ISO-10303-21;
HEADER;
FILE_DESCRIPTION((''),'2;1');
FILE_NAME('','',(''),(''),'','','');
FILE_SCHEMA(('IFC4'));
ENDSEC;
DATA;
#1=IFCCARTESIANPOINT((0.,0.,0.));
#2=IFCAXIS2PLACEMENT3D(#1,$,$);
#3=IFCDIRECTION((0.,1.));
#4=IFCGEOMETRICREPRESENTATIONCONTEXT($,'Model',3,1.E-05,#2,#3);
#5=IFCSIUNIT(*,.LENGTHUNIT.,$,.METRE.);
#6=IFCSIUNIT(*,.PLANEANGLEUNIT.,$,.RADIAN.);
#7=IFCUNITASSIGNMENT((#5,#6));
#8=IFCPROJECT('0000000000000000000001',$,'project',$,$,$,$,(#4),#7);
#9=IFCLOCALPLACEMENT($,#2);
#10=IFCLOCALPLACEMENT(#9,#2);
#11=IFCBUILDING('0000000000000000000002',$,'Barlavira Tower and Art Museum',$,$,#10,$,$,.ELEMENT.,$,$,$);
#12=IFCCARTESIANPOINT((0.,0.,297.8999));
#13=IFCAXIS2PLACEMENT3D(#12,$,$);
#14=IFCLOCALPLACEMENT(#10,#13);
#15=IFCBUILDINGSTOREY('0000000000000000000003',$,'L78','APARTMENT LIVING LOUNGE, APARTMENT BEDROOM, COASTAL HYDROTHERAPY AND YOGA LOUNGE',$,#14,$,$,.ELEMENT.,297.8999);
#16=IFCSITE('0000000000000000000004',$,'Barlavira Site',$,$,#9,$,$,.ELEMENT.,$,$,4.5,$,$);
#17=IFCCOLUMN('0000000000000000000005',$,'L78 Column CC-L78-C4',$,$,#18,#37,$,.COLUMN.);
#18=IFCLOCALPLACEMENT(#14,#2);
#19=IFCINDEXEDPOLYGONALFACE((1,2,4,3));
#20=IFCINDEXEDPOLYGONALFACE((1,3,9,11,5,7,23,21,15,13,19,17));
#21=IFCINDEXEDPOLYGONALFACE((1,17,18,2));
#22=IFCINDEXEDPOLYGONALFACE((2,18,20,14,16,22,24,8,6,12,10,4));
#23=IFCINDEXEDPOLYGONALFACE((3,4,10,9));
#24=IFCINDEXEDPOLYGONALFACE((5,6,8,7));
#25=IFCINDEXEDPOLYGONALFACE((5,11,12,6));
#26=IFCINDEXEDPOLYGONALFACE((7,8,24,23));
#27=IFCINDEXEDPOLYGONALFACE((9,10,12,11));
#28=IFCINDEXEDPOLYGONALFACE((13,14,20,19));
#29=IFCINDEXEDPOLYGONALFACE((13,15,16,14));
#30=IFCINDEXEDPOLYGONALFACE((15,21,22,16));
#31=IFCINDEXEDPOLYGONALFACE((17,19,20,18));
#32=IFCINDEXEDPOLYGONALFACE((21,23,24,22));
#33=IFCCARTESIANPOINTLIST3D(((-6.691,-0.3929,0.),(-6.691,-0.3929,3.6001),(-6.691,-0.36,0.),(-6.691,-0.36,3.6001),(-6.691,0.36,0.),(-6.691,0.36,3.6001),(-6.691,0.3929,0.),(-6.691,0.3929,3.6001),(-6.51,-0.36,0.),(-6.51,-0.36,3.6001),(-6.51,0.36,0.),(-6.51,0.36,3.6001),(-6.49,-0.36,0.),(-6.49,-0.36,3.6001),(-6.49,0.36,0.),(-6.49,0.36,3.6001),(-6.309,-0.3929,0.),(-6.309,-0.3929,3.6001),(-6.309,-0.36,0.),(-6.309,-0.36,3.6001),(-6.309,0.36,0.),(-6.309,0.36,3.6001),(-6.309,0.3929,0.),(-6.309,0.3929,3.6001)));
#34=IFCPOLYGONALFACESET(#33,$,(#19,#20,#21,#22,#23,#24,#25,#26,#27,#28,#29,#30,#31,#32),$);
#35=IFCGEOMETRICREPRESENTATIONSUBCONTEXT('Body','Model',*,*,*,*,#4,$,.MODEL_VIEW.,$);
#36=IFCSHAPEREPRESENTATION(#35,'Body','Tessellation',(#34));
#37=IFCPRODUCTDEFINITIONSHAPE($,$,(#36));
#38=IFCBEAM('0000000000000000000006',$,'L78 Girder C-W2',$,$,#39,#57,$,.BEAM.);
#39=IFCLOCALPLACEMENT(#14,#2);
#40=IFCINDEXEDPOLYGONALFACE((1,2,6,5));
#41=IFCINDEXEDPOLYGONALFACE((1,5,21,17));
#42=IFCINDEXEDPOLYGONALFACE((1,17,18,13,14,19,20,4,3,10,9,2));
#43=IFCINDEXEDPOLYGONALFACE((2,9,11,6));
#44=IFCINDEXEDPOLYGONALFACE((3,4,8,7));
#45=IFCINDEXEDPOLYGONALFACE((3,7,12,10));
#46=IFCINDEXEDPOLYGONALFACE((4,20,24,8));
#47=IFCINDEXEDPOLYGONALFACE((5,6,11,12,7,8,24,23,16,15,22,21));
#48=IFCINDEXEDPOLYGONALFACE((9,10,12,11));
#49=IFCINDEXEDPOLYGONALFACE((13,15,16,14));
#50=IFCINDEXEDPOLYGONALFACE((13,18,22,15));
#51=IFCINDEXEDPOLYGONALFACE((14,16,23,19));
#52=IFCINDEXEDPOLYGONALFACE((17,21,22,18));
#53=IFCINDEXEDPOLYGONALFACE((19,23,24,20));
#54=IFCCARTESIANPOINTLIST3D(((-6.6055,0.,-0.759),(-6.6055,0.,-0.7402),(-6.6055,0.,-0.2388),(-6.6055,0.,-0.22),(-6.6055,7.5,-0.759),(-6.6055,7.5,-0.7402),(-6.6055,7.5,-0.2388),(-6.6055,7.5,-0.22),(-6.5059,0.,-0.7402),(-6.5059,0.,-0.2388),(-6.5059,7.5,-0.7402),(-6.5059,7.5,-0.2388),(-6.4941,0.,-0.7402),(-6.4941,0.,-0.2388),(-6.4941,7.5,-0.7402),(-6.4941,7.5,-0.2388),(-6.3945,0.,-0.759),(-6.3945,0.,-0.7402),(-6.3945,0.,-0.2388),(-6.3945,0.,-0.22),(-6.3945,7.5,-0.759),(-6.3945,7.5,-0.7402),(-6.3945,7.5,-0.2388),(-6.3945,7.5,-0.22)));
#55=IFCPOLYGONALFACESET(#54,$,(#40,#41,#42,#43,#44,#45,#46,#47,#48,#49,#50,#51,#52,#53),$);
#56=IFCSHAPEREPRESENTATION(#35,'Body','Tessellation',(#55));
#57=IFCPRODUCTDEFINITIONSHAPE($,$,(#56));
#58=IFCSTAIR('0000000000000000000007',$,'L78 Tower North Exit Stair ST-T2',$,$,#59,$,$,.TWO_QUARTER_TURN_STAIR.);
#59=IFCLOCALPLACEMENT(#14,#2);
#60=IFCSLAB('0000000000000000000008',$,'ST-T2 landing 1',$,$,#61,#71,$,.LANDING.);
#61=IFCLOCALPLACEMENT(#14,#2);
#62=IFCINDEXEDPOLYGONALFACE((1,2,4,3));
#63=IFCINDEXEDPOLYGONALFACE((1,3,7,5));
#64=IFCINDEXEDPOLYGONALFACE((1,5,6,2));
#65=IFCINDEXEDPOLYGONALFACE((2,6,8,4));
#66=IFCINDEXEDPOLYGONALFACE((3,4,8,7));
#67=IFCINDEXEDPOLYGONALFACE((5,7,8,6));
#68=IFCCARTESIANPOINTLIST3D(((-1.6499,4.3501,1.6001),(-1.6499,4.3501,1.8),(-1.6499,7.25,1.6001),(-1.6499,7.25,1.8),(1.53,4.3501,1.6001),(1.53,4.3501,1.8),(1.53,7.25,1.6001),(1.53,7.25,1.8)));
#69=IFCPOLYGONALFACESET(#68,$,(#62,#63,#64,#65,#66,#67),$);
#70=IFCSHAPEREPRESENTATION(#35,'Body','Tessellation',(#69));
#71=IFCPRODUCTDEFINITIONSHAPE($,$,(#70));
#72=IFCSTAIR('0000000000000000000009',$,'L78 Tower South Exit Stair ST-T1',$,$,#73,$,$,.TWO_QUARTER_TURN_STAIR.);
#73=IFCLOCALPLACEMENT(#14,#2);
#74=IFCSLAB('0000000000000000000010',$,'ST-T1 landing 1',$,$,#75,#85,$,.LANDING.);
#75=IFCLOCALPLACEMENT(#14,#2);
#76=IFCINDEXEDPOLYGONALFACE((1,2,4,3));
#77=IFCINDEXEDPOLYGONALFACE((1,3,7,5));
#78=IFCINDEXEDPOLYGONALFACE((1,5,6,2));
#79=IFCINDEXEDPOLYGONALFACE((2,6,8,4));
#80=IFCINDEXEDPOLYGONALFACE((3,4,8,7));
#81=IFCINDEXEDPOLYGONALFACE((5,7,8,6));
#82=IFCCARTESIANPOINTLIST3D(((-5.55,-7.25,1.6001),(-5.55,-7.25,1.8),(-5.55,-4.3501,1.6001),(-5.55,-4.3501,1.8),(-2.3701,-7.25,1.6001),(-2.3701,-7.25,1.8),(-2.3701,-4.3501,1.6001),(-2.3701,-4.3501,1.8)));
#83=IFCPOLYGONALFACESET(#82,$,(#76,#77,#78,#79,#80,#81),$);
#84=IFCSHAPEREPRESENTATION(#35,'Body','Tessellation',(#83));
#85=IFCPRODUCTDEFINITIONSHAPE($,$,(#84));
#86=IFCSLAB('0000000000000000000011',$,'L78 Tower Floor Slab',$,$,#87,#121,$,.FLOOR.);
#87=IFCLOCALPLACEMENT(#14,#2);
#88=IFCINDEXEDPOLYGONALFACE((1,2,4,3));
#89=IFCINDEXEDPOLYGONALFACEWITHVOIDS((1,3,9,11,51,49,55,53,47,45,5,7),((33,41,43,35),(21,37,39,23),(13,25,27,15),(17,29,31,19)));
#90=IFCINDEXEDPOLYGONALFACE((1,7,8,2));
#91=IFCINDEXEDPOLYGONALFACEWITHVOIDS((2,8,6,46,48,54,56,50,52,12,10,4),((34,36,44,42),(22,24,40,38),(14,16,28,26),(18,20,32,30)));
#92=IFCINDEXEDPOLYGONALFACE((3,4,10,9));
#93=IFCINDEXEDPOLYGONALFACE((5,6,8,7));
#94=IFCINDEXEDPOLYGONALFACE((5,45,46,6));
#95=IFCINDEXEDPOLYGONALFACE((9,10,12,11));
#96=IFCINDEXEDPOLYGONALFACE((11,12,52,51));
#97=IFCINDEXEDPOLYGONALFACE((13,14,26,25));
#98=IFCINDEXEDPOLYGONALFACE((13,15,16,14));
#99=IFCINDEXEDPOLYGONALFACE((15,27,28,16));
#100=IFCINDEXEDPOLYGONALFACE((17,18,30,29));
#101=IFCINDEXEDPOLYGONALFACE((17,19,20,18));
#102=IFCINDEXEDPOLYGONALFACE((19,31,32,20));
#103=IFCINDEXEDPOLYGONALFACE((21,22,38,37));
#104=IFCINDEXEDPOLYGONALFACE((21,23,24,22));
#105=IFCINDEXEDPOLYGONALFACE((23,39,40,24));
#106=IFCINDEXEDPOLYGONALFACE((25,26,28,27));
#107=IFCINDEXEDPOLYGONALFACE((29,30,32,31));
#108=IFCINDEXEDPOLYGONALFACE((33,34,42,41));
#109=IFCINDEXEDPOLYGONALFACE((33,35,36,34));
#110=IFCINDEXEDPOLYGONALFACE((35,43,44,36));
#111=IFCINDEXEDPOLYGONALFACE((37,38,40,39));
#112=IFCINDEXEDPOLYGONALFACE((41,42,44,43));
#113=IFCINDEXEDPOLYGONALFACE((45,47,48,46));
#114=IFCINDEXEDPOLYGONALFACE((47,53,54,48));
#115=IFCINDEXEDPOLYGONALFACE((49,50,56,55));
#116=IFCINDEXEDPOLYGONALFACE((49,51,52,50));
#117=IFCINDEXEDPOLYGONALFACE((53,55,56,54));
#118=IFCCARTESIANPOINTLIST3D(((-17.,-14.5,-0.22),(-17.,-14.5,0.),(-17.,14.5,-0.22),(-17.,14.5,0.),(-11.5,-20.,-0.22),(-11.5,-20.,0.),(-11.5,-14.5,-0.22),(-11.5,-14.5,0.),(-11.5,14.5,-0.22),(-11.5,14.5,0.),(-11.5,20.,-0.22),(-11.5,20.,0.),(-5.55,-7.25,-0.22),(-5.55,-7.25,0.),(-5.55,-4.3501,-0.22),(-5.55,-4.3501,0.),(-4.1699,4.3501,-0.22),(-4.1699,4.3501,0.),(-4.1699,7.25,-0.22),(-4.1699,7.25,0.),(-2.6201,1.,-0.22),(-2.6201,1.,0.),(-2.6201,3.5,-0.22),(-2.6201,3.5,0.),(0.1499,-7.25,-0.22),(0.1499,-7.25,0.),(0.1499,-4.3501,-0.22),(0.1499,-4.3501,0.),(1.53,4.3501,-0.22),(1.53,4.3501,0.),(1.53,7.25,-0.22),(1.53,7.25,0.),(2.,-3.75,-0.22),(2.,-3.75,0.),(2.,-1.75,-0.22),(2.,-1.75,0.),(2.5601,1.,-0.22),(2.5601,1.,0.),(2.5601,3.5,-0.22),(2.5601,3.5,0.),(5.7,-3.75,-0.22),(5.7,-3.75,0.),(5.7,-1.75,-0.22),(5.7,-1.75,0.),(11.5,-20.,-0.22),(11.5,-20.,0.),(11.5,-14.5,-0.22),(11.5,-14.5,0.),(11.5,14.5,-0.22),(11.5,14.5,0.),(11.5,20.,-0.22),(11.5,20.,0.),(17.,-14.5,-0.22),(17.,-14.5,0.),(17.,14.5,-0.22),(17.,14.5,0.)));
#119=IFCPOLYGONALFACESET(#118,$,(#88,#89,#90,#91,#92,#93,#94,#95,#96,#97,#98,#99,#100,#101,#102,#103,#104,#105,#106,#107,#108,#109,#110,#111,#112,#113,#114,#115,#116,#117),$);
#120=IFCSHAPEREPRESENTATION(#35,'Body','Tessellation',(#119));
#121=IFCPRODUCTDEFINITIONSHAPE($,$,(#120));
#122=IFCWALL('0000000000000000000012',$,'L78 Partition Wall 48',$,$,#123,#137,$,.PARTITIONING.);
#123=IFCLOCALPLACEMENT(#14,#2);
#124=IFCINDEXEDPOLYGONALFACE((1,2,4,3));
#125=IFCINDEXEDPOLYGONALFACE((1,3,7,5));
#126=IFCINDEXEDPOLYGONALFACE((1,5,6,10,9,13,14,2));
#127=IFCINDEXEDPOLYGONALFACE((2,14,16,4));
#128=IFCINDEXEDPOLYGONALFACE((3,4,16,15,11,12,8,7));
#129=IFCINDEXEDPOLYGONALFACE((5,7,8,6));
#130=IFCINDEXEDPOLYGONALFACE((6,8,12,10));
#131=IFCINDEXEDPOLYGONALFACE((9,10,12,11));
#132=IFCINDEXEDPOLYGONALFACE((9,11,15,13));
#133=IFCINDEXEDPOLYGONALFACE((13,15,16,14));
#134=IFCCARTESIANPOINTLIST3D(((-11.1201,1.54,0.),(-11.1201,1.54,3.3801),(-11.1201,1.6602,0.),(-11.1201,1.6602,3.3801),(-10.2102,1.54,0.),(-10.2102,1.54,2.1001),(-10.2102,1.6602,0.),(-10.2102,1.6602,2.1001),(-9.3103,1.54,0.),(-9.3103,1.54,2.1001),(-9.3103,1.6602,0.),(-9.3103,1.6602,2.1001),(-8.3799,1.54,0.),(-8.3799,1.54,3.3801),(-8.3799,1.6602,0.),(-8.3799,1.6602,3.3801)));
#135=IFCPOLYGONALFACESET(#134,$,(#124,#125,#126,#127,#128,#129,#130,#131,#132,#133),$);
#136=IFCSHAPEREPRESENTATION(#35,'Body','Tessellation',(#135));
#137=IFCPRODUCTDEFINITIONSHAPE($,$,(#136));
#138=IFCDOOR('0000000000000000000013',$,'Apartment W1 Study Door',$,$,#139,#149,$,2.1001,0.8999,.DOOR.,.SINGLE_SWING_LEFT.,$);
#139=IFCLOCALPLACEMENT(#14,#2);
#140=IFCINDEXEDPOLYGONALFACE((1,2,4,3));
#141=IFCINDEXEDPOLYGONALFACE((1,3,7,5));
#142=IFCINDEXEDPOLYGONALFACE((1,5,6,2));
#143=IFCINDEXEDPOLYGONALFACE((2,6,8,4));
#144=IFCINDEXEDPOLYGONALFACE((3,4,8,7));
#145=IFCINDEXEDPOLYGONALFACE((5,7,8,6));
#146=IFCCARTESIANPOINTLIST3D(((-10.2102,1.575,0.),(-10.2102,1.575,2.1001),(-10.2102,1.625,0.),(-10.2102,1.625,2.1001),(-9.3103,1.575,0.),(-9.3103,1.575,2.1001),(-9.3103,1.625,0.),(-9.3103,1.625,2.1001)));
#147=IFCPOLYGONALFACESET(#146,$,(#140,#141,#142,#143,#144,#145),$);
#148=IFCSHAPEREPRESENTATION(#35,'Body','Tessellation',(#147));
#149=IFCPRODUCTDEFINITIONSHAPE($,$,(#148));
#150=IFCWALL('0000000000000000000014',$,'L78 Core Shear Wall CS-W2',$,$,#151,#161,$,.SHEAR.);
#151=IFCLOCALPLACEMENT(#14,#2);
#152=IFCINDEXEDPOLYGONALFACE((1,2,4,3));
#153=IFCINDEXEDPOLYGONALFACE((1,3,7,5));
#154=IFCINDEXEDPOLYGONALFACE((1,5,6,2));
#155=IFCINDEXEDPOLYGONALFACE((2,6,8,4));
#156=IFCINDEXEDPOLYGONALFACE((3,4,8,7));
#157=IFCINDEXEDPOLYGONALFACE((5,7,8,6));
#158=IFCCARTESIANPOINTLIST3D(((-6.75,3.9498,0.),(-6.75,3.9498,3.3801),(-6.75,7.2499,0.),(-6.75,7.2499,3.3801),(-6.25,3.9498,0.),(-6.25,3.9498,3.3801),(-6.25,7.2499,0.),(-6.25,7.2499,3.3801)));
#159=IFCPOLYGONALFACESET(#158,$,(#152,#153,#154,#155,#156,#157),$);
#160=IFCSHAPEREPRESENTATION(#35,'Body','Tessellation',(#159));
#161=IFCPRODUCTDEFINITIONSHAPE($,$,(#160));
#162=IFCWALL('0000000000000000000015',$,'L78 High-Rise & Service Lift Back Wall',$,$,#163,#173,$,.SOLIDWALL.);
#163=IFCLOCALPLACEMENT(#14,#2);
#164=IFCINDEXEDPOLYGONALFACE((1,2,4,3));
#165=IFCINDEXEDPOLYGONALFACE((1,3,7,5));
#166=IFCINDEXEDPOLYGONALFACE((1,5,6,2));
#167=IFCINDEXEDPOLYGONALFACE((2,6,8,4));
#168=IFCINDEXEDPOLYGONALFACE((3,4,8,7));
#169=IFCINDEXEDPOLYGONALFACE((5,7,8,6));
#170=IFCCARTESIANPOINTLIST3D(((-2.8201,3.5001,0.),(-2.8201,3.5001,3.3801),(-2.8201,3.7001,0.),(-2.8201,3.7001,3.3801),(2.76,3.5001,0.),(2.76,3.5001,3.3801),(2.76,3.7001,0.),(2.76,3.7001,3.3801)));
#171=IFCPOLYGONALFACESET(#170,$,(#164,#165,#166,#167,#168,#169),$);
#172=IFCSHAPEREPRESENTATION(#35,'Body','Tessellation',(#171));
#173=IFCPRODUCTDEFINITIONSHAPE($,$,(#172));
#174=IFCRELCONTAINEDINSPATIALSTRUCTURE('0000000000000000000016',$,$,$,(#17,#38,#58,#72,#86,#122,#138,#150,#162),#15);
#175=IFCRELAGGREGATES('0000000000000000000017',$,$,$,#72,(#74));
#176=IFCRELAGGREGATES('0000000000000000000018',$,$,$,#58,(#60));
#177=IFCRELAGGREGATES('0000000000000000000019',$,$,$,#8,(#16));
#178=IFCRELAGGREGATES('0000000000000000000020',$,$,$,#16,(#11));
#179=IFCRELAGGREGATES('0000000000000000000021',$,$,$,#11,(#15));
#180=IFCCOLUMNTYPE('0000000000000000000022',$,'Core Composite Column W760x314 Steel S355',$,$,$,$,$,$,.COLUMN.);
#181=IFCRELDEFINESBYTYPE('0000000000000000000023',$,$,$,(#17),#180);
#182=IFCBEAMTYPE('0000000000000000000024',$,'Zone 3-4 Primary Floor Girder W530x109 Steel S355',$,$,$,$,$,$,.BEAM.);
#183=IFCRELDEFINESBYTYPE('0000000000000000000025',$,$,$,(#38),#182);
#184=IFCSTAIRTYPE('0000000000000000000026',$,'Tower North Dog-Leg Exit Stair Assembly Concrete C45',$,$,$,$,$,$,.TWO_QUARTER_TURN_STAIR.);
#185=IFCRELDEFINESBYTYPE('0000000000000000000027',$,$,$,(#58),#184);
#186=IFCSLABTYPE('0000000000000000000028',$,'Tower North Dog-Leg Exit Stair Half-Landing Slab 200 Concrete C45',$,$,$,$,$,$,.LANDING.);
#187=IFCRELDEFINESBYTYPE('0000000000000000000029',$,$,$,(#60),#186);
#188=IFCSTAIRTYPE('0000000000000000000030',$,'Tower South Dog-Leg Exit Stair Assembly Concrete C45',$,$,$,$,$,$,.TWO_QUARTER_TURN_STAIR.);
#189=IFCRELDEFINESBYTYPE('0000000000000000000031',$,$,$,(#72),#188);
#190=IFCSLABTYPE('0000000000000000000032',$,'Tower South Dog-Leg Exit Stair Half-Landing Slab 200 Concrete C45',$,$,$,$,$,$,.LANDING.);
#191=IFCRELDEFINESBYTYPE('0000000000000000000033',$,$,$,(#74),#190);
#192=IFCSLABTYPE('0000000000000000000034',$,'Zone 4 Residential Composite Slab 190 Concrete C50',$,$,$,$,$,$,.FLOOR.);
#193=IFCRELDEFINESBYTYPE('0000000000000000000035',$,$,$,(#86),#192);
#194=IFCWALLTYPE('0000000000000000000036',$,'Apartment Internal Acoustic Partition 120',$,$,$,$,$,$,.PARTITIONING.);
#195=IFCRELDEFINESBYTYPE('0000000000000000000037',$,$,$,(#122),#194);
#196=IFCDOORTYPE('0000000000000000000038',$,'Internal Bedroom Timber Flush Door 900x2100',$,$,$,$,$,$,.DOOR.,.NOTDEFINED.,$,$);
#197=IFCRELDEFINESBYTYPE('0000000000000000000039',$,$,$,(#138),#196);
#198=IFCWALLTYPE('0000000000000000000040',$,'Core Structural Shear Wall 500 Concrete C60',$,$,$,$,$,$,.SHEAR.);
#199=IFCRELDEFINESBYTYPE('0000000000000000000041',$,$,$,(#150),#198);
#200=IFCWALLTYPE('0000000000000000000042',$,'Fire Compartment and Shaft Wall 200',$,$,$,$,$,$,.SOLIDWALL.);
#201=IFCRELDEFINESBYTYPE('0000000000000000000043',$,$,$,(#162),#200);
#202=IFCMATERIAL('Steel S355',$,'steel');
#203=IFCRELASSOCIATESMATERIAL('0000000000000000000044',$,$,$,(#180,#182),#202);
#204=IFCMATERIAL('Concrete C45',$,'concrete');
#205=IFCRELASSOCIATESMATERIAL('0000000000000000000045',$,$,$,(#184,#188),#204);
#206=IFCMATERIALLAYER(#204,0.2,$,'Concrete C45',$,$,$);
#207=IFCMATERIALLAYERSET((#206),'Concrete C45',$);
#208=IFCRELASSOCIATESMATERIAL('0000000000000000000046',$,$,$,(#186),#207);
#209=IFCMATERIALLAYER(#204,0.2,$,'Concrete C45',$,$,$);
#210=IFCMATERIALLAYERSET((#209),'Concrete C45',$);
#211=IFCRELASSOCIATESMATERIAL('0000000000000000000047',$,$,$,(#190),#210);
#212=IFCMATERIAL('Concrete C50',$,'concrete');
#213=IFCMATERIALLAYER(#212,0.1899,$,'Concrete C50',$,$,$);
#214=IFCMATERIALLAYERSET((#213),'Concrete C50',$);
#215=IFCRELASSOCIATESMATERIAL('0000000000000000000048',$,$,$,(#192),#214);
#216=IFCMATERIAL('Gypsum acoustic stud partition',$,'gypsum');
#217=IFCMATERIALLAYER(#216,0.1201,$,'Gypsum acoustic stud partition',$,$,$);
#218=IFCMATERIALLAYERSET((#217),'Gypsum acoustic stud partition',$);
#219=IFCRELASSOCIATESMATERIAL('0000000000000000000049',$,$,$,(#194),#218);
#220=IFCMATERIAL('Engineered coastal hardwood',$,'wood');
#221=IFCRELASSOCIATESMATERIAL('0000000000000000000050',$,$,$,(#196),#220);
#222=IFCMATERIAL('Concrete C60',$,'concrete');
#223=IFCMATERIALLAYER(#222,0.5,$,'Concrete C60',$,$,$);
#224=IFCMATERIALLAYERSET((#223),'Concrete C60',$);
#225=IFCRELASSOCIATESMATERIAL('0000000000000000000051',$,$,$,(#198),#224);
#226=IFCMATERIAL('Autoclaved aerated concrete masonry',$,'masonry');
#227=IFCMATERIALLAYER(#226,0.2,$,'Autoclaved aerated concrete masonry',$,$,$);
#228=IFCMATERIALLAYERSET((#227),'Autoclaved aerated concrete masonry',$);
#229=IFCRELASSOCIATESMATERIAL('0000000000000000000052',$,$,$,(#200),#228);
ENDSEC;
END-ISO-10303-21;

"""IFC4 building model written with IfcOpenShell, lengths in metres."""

from ifc_helpers import new_model, si_unit, direction, frame, frame_2d, origin, origin_2d, place, context, subcontext, project, spatial, polyline, rectangle, i_section, outline, extrude, material, layer, layer_set, material_profile, profile_set, type_object, element, fill, aggregate, save


model = new_model("IFC4")

# Units and contexts
model_context = context("Model", 3, precision=1e-05, world=origin(), true_north=direction((0.0, 1.0)))
body_context = subcontext(model_context, "Body", "Model", "MODEL_VIEW")
ifc_project = project(units=[si_unit("LENGTHUNIT", "METRE"), si_unit("PLANEANGLEUNIT", "RADIAN")], contexts=[model_context])

# Site, building, storey
site_placement = place(None, origin())
site = spatial("IfcSite", under=ifc_project, at=site_placement, Name="Barlavira Site", CompositionType="ELEMENT", RefElevation=4.5)
building_placement = place(site_placement, origin())
building = spatial("IfcBuilding", under=site, at=building_placement, Name="Barlavira Tower and Art Museum", CompositionType="ELEMENT")
storey_placement = place(building_placement, frame((0.0, 0.0, 297.8999)))
storey = spatial("IfcBuildingStorey", under=building, at=storey_placement, Name="L78", Description="APARTMENT LIVING LOUNGE, APARTMENT BEDROOM, COASTAL HYDROTHERAPY AND YOGA LOUNGE", CompositionType="ELEMENT", Elevation=297.8999)

# Column
ifc_material_1 = material(Name="Steel S355", Category="steel")
ifc_material_profile_1 = material_profile(ifc_material_1, i_section(OverallWidth=0.3821, OverallDepth=0.7859, WebThickness=0.02, FlangeThickness=0.033, at=origin_2d()), Name="W760x314.0")
ifc_profile_set_1 = profile_set([ifc_material_profile_1], Name="Steel S355")
column_type = type_object("IfcColumnType", Name="Core Composite Column W760x314 Steel S355", PredefinedType="COLUMN", material=ifc_profile_set_1)
column_placement = place(storey_placement, frame((-6.5, 0.0, 0.0), z_axis=(0.0, 0.0, 1.0), x_axis=(1.0, 0.0, 0.0)))
element("IfcColumn", 1, at=column_placement, inside=storey, type_object=column_type, Name="L78 Column CC-L78-C4", PredefinedType="COLUMN", context=body_context, shape_type="SweptSolid", body=[
    extrude(i_section(OverallWidth=0.3821, OverallDepth=0.7859, WebThickness=0.02, FlangeThickness=0.033, at=origin_2d()), origin(), (0.0, 0.0, 1.0), 3.6001),
])

# Beam
ifc_material_profile_2 = material_profile(ifc_material_1, i_section(OverallWidth=0.2109, OverallDepth=0.5391, WebThickness=0.0117, FlangeThickness=0.0188, at=origin_2d()), Name="W530x109.0")
ifc_profile_set_2 = profile_set([ifc_material_profile_2], Name="Steel S355")
beam_type = type_object("IfcBeamType", Name="Zone 3-4 Primary Floor Girder W530x109 Steel S355", PredefinedType="BEAM", material=ifc_profile_set_2)
beam_placement = place(storey_placement, frame((-6.5, 0.0, -0.4895), z_axis=(0.0, 1.0, 0.0), x_axis=(-1.0, 0.0, 0.0)))
element("IfcBeam", 2, at=beam_placement, inside=storey, type_object=beam_type, Name="L78 Girder C-W2", PredefinedType="BEAM", context=body_context, shape_type="SweptSolid", body=[
    extrude(i_section(OverallWidth=0.2109, OverallDepth=0.5391, WebThickness=0.0117, FlangeThickness=0.0188, at=origin_2d()), origin(), (0.0, 0.0, 1.0), 7.5),
])

# Stairs, slabs
ifc_material_2 = material(Name="Concrete C45", Category="concrete")
stair_type_1 = type_object("IfcStairType", Name="Tower North Dog-Leg Exit Stair Assembly Concrete C45", PredefinedType="TWO_QUARTER_TURN_STAIR", material=ifc_material_2)
stair_1_placement = place(storey_placement, origin())
stair_1 = element("IfcStair", 3, at=stair_1_placement, inside=storey, type_object=stair_type_1, Name="L78 Tower North Exit Stair ST-T2", PredefinedType="TWO_QUARTER_TURN_STAIR")
ifc_layer_1 = layer(ifc_material_2, 0.2, Name="Concrete C45")
ifc_layer_set_1 = layer_set([ifc_layer_1], Name="Concrete C45")
slab_type_1 = type_object("IfcSlabType", Name="Tower North Dog-Leg Exit Stair Half-Landing Slab 200 Concrete C45", PredefinedType="LANDING", material=ifc_layer_set_1)
slab_1_placement = place(storey_placement, frame((0.0, 0.0, 1.6001)))
slab_1 = element("IfcSlab", 4, at=slab_1_placement, type_object=slab_type_1, Name="ST-T2 landing 1", PredefinedType="LANDING", context=body_context, shape_type="SweptSolid", body=[
    extrude(outline(polyline([(-1.6499, 4.3501), (1.53, 4.3501), (1.53, 7.25), (-1.6499, 7.25), (-1.6499, 4.3501)])), origin(), (0.0, 0.0, 1.0), 0.2),
])
stair_type_2 = type_object("IfcStairType", Name="Tower South Dog-Leg Exit Stair Assembly Concrete C45", PredefinedType="TWO_QUARTER_TURN_STAIR", material=ifc_material_2)
stair_2_placement = place(storey_placement, origin())
stair_2 = element("IfcStair", 5, at=stair_2_placement, inside=storey, type_object=stair_type_2, Name="L78 Tower South Exit Stair ST-T1", PredefinedType="TWO_QUARTER_TURN_STAIR")
ifc_layer_2 = layer(ifc_material_2, 0.2, Name="Concrete C45")
ifc_layer_set_2 = layer_set([ifc_layer_2], Name="Concrete C45")
slab_type_2 = type_object("IfcSlabType", Name="Tower South Dog-Leg Exit Stair Half-Landing Slab 200 Concrete C45", PredefinedType="LANDING", material=ifc_layer_set_2)
slab_2_placement = place(storey_placement, frame((0.0, 0.0, 1.6001)))
slab_2 = element("IfcSlab", 6, at=slab_2_placement, type_object=slab_type_2, Name="ST-T1 landing 1", PredefinedType="LANDING", context=body_context, shape_type="SweptSolid", body=[
    extrude(outline(polyline([(-2.3701, -4.3501), (-5.55, -4.3501), (-5.55, -7.25), (-2.3701, -7.25), (-2.3701, -4.3501)])), origin(), (0.0, 0.0, 1.0), 0.2),
])
aggregate(stair_2, [slab_2])

# Slab
ifc_material_3 = material(Name="Concrete C50", Category="concrete")
ifc_layer_3 = layer(ifc_material_3, 0.1899, Name="Concrete C50")
ifc_layer_set_3 = layer_set([ifc_layer_3], Name="Concrete C50")
slab_type_3 = type_object("IfcSlabType", Name="Zone 4 Residential Composite Slab 190 Concrete C50", PredefinedType="FLOOR", material=ifc_layer_set_3)
slab_3_placement = place(storey_placement, frame((0.0, 0.0, -0.22)))
element("IfcSlab", 7, at=slab_3_placement, inside=storey, type_object=slab_type_3, Name="L78 Tower Floor Slab", PredefinedType="FLOOR", context=body_context, shape_type="SweptSolid", body=[
    extrude(outline(polyline([(-11.5, -20.0), (11.5, -20.0), (11.5, -14.5), (17.0, -14.5), (17.0, 14.5), (11.5, 14.5), (11.5, 20.0), (-11.5, 20.0), (-11.5, 14.5), (-17.0, 14.5), (-17.0, -14.5), (-11.5, -14.5), (-11.5, -20.0)]), holes=[polyline([(0.1499, -4.3501), (-5.55, -4.3501), (-5.55, -7.25), (0.1499, -7.25), (0.1499, -4.3501)]), polyline([(-4.1699, 4.3501), (1.53, 4.3501), (1.53, 7.25), (-4.1699, 7.25), (-4.1699, 4.3501)]), polyline([(-2.6201, 1.0), (2.5601, 1.0), (2.5601, 3.5), (-2.6201, 3.5), (-2.6201, 1.0)]), polyline([(2.0, -3.75), (5.7, -3.75), (5.7, -1.75), (2.0, -1.75), (2.0, -3.75)])]), origin(), (0.0, 0.0, 1.0), 0.22),
])

# Wall, opening, door
ifc_material_4 = material(Name="Gypsum acoustic stud partition", Category="gypsum")
ifc_layer_4 = layer(ifc_material_4, 0.1201, Name="Gypsum acoustic stud partition")
ifc_layer_set_4 = layer_set([ifc_layer_4], Name="Gypsum acoustic stud partition")
wall_type_1 = type_object("IfcWallType", Name="Apartment Internal Acoustic Partition 120", PredefinedType="PARTITIONING", material=ifc_layer_set_4)
wall_1_placement = place(storey_placement, frame((-11.1201, 1.6001, 0.0), z_axis=(0.0, 0.0, 1.0), x_axis=(1.0, 0.0, 0.0)))
wall_1 = element("IfcWall", 8, at=wall_1_placement, inside=storey, type_object=wall_type_1, Name="L78 Partition Wall 48", PredefinedType="PARTITIONING", context=body_context, shape_type="SweptSolid", body=[
    extrude(rectangle(XDim=2.7402, YDim=0.1201, at=frame_2d((1.3701, 0.0))), origin(), (0.0, 0.0, 1.0), 3.3801),
])
opening_1_placement = place(wall_1_placement, frame((0.9099, 0.0, 0.0)))
opening_1 = element("IfcOpeningElement", 9, at=opening_1_placement, cuts=wall_1, PredefinedType="OPENING", context=body_context, shape_type="SweptSolid", body=[
    extrude(rectangle(XDim=0.8999, YDim=2.1001, at=frame_2d((0.45, 1.05))), frame((0.0, 0.0701, 0.0), z_axis=(0.0, -1.0, 0.0), x_axis=(1.0, 0.0, 0.0)), (0.0, 0.0, 1.0), 0.1401),
])
ifc_material_5 = material(Name="Engineered coastal hardwood", Category="wood")
door_type_1 = type_object("IfcDoorType", Name="Internal Bedroom Timber Flush Door 900x2100", OperationType="NOTDEFINED", PredefinedType="DOOR", material=ifc_material_5)
door_1_placement = place(opening_1_placement, origin())
door_1 = element("IfcDoor", 10, at=door_1_placement, inside=storey, type_object=door_type_1, Name="Apartment W1 Study Door", OperationType="SINGLE_SWING_LEFT", OverallHeight=2.1001, OverallWidth=0.8999, PredefinedType="DOOR", context=body_context, shape_type="SweptSolid", body=[
    extrude(rectangle(XDim=0.8999, YDim=2.1001, at=frame_2d((0.45, 1.05))), frame((0.0, 0.0249, 0.0), z_axis=(0.0, -1.0, 0.0), x_axis=(1.0, 0.0, 0.0)), (0.0, 0.0, 1.0), 0.05),
])
fill(opening_1, door_1)

# Wall
ifc_material_6 = material(Name="Concrete C60", Category="concrete")
ifc_layer_5 = layer(ifc_material_6, 0.5, Name="Concrete C60")
ifc_layer_set_5 = layer_set([ifc_layer_5], Name="Concrete C60")
wall_type_2 = type_object("IfcWallType", Name="Core Structural Shear Wall 500 Concrete C60", PredefinedType="SHEAR", material=ifc_layer_set_5)
wall_2_placement = place(storey_placement, frame((-6.5, 3.95, 0.0), z_axis=(0.0, 0.0, 1.0), x_axis=(0.0, 1.0, 0.0)))
element("IfcWall", 11, at=wall_2_placement, inside=storey, type_object=wall_type_2, Name="L78 Core Shear Wall CS-W2", PredefinedType="SHEAR", context=body_context, shape_type="SweptSolid", body=[
    extrude(rectangle(XDim=3.3, YDim=0.5, at=frame_2d((1.6499, 0.0))), origin(), (0.0, 0.0, 1.0), 3.3801),
])

# Shared definitions
ifc_material_7 = material(Name="Autoclaved aerated concrete masonry", Category="masonry")
ifc_layer_6 = layer(ifc_material_7, 0.2, Name="Autoclaved aerated concrete masonry")
ifc_layer_set_6 = layer_set([ifc_layer_6], Name="Autoclaved aerated concrete masonry")
wall_type_3 = type_object("IfcWallType", Name="Fire Compartment and Shaft Wall 200", PredefinedType="SOLIDWALL", material=ifc_layer_set_6)

# Wall
wall_3_placement = place(storey_placement, frame((-2.8201, 3.6001, 0.0), z_axis=(0.0, 0.0, 1.0), x_axis=(1.0, 0.0, 0.0)))
element("IfcWall", 12, at=wall_3_placement, inside=storey, type_object=wall_type_3, Name="L78 High-Rise & Service Lift Back Wall", PredefinedType="SOLIDWALL", context=body_context, shape_type="SweptSolid", body=[
    extrude(rectangle(XDim=5.5801, YDim=0.2, at=frame_2d((2.79, 0.0))), origin(), (0.0, 0.0, 1.0), 3.3801),
])

aggregate(stair_1, [slab_1])

save(model, "model.ifc")
